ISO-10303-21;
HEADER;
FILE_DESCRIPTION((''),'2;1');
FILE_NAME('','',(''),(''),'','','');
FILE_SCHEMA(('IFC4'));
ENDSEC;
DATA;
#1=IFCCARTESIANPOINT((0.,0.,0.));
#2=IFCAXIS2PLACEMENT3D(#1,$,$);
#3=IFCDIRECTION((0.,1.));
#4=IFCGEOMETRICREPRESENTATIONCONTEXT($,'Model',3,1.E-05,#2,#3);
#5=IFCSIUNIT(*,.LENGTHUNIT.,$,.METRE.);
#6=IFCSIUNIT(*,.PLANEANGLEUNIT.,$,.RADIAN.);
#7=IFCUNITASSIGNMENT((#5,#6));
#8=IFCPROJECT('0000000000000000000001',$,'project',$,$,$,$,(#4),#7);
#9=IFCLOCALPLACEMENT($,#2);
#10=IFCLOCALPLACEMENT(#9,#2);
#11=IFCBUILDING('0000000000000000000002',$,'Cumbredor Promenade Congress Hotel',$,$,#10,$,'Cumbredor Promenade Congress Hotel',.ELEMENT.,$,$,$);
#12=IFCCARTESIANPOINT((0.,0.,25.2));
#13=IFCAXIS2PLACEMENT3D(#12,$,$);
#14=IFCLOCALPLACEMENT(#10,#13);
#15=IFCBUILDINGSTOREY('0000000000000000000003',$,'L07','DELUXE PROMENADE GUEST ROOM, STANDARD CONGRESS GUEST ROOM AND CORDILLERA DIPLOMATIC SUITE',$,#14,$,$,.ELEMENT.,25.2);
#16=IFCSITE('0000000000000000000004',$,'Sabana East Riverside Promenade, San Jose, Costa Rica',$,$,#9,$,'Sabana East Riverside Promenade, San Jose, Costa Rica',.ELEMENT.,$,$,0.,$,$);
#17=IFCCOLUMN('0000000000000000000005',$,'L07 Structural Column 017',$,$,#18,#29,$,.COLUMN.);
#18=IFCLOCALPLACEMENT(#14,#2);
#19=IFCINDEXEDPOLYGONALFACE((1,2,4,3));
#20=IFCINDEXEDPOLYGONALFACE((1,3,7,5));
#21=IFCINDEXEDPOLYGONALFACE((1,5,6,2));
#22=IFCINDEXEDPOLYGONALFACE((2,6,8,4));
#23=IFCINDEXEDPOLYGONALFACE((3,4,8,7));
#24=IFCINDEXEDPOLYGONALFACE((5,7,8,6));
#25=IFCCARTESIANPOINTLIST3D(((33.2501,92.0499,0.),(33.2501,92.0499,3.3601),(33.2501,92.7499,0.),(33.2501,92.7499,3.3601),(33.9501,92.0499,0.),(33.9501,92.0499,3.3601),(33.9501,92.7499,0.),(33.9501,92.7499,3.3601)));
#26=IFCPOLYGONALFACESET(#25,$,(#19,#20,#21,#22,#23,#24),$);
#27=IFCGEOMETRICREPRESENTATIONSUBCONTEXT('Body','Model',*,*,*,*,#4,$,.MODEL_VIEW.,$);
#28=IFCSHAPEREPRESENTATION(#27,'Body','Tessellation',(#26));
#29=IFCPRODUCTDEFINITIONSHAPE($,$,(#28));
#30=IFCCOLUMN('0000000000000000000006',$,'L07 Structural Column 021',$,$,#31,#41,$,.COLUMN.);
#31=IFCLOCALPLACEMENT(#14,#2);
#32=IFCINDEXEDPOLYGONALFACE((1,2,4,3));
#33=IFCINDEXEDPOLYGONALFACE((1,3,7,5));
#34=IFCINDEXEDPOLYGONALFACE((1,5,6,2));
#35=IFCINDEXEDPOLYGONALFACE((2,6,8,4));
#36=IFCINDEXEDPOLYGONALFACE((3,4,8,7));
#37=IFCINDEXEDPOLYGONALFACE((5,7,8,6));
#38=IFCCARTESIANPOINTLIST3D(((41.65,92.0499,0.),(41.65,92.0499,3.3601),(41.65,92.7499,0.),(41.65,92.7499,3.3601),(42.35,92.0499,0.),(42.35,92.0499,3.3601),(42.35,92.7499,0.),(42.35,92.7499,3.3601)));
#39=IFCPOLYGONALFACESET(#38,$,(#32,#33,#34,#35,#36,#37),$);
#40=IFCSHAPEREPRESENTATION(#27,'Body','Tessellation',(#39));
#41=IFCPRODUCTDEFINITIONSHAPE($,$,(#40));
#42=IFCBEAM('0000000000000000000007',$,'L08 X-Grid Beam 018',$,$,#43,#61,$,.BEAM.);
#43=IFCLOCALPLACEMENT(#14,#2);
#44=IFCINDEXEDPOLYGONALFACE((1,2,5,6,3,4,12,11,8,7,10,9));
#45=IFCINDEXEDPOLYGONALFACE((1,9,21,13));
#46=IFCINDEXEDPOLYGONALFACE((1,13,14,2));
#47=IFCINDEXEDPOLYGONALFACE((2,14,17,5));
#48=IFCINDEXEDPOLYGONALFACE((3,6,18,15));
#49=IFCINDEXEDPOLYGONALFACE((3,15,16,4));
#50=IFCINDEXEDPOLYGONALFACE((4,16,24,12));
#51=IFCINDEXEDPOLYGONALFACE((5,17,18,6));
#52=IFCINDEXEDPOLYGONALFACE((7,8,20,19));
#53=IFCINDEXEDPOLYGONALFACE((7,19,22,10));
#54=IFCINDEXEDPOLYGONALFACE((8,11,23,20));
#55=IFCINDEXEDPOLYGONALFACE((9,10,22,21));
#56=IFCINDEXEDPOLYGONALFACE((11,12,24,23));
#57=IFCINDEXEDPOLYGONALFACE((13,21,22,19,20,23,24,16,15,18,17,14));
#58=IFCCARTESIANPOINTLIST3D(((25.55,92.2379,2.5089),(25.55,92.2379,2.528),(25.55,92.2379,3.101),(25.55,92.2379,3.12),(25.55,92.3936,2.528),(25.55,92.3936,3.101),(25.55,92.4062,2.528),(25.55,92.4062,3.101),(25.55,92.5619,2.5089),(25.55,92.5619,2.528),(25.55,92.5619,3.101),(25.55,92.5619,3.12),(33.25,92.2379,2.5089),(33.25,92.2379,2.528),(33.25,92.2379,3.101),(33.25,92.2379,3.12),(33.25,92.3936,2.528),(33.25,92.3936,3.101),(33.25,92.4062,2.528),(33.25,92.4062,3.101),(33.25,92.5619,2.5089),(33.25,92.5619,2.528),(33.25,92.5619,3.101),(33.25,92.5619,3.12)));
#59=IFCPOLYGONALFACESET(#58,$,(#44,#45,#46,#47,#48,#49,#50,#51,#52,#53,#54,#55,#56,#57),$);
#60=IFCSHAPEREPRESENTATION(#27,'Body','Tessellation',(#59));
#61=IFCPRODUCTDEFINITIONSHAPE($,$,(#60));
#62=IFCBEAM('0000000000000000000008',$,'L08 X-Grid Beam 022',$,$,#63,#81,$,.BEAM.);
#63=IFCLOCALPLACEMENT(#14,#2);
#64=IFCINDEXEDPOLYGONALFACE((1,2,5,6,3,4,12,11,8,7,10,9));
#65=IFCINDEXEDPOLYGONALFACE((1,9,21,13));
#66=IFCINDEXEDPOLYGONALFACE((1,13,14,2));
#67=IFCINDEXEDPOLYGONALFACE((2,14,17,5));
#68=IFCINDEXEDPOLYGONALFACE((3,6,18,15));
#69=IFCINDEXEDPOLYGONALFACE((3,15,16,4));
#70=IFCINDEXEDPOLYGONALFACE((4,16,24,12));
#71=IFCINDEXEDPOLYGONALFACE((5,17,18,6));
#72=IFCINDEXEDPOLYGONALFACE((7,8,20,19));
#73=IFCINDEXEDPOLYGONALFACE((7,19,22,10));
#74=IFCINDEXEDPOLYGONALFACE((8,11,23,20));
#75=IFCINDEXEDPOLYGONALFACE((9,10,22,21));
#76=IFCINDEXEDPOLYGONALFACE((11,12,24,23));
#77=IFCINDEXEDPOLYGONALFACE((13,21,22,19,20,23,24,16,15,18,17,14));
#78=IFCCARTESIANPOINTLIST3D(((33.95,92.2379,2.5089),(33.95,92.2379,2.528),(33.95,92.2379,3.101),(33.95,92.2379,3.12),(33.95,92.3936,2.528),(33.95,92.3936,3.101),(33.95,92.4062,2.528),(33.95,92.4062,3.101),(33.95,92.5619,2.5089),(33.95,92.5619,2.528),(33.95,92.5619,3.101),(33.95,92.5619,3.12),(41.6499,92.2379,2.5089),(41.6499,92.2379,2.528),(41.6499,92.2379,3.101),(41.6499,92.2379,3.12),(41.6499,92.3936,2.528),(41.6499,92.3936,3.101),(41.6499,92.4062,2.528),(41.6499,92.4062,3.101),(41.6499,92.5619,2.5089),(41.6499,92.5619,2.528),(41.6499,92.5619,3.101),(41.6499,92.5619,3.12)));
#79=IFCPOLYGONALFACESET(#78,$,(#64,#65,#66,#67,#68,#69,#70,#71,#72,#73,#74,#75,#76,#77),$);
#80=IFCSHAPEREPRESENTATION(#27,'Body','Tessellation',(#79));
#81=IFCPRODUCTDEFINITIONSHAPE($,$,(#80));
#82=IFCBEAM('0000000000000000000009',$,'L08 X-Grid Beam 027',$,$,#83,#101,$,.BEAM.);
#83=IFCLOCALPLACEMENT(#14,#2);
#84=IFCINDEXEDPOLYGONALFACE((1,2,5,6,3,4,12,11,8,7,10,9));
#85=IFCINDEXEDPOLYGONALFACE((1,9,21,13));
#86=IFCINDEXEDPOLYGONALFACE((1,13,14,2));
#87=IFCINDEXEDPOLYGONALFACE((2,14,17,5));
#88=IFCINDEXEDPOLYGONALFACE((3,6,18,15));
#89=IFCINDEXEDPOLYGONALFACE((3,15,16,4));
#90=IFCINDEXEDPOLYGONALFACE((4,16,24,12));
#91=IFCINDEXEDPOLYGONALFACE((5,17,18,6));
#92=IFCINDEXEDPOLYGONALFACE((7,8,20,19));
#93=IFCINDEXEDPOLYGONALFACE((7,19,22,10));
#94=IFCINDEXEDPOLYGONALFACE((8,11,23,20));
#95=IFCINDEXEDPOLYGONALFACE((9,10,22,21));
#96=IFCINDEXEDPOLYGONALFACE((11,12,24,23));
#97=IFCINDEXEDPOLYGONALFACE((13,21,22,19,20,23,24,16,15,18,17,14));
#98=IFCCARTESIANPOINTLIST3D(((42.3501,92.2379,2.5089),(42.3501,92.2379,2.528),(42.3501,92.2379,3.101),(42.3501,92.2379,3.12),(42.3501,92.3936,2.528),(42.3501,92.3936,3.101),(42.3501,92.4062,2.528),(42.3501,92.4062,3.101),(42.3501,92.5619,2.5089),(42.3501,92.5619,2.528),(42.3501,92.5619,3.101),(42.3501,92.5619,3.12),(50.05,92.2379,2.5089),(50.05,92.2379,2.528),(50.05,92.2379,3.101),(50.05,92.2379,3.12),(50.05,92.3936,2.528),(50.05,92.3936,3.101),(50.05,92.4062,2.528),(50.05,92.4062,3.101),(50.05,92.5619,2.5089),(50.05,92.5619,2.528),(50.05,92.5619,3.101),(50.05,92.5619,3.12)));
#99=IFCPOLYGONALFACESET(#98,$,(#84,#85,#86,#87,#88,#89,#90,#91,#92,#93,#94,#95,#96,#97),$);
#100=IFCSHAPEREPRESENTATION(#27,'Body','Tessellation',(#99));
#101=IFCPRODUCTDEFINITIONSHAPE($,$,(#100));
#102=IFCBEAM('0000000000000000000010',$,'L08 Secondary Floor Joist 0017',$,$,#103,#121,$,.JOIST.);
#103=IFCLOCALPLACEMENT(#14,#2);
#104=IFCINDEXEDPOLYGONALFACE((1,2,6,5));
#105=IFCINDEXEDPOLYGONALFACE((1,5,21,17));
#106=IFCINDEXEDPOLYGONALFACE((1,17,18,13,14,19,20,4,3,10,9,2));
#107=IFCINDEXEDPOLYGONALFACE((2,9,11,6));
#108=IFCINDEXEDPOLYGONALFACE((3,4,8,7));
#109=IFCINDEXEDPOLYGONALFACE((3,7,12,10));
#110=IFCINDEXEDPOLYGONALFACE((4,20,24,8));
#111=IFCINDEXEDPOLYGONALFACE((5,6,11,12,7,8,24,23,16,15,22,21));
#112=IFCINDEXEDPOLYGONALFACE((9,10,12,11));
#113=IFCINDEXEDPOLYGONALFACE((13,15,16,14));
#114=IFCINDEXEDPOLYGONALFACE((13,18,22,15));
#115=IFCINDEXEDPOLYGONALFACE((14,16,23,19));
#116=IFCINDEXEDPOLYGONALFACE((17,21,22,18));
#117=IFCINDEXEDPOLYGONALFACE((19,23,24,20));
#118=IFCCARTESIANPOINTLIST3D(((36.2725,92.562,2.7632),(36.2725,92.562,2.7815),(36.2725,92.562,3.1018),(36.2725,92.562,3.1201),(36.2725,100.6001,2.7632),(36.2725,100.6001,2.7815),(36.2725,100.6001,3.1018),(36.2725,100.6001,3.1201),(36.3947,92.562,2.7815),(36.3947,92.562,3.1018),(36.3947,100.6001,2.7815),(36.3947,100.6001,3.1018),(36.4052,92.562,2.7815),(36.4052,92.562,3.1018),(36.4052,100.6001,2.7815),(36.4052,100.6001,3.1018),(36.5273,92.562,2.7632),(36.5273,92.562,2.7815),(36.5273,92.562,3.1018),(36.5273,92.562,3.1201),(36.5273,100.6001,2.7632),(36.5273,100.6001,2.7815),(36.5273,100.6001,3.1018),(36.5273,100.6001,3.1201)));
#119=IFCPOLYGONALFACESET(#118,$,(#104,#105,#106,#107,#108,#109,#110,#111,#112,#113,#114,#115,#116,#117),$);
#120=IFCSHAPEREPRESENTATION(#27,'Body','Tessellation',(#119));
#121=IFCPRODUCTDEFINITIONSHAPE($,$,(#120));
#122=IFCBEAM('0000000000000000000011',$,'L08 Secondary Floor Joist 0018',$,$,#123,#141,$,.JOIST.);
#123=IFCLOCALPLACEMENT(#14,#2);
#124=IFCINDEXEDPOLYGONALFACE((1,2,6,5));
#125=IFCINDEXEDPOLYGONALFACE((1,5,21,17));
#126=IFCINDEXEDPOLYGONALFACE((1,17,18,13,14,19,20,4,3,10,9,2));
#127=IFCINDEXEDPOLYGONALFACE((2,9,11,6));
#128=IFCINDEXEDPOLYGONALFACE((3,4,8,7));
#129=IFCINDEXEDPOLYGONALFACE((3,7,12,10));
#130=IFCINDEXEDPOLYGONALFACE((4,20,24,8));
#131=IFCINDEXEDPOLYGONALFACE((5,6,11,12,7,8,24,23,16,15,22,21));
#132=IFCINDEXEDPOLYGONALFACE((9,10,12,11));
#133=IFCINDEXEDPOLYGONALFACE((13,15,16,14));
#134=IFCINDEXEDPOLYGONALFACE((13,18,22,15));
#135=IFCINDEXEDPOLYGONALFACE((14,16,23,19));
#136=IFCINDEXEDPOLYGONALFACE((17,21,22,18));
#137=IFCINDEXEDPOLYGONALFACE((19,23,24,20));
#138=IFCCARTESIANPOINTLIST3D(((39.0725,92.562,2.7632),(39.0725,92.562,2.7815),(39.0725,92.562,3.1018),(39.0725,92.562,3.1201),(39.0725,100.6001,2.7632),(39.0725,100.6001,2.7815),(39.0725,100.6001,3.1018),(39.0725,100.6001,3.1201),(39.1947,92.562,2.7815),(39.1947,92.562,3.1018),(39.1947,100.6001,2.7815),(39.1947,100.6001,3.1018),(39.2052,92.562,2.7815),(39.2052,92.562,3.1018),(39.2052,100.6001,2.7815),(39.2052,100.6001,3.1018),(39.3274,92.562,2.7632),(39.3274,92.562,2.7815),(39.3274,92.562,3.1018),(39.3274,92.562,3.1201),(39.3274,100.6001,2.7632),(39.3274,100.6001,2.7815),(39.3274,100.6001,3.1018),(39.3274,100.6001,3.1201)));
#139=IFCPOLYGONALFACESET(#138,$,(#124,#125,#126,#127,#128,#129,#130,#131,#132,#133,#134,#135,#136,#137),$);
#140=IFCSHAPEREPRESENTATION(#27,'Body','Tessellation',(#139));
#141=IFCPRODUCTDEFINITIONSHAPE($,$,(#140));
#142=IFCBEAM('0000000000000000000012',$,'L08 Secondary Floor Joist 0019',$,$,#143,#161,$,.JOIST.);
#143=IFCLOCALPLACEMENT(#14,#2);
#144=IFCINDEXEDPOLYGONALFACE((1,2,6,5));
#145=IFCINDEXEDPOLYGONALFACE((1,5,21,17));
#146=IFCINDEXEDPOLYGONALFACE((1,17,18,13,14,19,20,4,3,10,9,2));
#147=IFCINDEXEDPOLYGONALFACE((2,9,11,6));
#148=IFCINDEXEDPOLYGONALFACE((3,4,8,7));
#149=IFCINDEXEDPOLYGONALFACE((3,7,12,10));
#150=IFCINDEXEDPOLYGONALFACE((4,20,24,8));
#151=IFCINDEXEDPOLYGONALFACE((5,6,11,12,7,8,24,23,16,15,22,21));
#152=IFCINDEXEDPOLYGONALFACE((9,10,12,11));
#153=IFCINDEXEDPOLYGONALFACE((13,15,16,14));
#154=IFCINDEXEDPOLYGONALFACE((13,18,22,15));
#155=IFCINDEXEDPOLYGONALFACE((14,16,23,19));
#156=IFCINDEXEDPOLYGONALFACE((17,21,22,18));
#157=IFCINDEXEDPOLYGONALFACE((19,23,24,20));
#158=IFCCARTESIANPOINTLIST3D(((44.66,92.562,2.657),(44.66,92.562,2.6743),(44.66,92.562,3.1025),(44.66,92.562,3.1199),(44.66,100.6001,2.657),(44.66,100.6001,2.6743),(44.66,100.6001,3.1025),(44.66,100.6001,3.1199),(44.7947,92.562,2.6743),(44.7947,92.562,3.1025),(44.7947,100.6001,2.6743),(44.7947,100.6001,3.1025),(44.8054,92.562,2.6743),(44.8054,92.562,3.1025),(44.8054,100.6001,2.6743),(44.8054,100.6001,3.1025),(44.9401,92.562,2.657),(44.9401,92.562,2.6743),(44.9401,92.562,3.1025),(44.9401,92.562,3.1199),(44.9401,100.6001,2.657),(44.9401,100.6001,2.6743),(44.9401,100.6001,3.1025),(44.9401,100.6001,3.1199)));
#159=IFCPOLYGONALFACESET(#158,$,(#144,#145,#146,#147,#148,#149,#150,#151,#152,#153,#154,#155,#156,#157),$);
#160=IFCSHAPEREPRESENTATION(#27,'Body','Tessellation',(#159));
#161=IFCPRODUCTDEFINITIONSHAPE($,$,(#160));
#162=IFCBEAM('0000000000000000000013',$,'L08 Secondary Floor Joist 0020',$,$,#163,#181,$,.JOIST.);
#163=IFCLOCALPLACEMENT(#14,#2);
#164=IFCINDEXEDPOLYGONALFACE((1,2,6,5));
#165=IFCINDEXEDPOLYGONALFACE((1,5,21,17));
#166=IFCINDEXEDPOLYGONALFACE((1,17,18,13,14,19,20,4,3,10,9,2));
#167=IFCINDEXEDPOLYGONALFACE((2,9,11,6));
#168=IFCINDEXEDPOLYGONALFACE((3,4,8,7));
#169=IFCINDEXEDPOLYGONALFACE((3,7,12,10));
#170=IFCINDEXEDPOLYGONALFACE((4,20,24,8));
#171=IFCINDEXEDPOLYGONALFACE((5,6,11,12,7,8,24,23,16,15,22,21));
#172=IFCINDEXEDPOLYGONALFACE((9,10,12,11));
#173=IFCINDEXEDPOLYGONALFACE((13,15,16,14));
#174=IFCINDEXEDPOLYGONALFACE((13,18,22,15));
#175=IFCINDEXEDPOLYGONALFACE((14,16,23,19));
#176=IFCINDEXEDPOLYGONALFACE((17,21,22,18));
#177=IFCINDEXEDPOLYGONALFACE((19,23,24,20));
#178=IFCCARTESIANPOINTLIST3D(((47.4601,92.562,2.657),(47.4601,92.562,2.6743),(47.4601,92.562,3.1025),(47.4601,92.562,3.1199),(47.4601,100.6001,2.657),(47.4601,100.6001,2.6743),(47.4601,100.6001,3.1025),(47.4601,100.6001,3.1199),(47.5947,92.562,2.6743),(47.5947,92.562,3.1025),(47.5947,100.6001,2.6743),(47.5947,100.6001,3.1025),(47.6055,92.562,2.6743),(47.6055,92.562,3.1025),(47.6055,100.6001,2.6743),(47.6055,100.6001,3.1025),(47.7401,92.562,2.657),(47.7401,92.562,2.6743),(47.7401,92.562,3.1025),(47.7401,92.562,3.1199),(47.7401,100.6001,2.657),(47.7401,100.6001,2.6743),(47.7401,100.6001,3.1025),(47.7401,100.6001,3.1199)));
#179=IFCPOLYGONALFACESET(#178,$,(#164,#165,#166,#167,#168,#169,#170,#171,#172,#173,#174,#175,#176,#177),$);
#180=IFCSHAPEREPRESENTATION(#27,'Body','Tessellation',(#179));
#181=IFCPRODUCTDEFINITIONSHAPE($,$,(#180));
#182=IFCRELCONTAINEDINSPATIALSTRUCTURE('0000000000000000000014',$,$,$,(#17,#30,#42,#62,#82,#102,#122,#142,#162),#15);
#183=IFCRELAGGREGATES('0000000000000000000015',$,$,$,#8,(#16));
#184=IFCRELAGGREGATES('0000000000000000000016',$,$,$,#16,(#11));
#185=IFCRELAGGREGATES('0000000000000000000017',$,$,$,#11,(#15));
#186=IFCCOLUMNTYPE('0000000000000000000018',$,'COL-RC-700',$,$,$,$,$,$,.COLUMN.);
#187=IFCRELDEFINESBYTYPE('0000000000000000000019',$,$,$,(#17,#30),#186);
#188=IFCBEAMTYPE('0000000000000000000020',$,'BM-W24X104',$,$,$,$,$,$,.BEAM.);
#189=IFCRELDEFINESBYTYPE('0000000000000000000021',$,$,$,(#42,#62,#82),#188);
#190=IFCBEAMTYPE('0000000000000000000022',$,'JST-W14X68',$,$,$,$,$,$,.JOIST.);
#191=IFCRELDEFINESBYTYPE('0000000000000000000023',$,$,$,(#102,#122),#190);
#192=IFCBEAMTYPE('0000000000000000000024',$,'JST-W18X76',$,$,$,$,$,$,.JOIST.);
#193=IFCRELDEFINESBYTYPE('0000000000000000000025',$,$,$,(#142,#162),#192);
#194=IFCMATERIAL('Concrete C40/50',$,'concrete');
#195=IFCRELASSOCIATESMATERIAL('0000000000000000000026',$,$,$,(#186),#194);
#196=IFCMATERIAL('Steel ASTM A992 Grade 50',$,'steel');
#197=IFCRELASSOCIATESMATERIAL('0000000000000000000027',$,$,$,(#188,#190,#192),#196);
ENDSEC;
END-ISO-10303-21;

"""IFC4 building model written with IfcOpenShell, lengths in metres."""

from ifc_helpers import new_model, si_unit, direction, frame, origin, origin_2d, place, context, subcontext, project, spatial, rectangle, i_section, extrude, material, material_profile, profile_set, type_object, element, save


model = new_model("IFC4")

# Units and contexts
model_context = context("Model", 3, precision=1e-05, world=origin(), true_north=direction((0.0, 1.0)))
body_context = subcontext(model_context, "Body", "Model", "MODEL_VIEW")
ifc_project = project(units=[si_unit("LENGTHUNIT", "METRE"), si_unit("PLANEANGLEUNIT", "RADIAN")], contexts=[model_context])

# Site, building, storey
site_placement = place(None, origin())
site = spatial("IfcSite", under=ifc_project, at=site_placement, Name="Sabana East Riverside Promenade, San Jose, Costa Rica", LongName="Sabana East Riverside Promenade, San Jose, Costa Rica", CompositionType="ELEMENT", RefElevation=0.0)
building_placement = place(site_placement, origin())
building = spatial("IfcBuilding", under=site, at=building_placement, Name="Cumbredor Promenade Congress Hotel", LongName="Cumbredor Promenade Congress Hotel", CompositionType="ELEMENT")
storey_placement = place(building_placement, frame((0.0, 0.0, 25.2)))
storey = spatial("IfcBuildingStorey", under=building, at=storey_placement, Name="L07", Description="DELUXE PROMENADE GUEST ROOM, STANDARD CONGRESS GUEST ROOM AND CORDILLERA DIPLOMATIC SUITE", CompositionType="ELEMENT", Elevation=25.2)

# Columns
ifc_material_1 = material(Name="Concrete C40/50", Category="concrete")
ifc_material_profile_1 = material_profile(ifc_material_1, rectangle(XDim=0.7, YDim=0.7, at=origin_2d()), Name="RC 700x700")
ifc_profile_set_1 = profile_set([ifc_material_profile_1], Name="Concrete C40/50")
column_type = type_object("IfcColumnType", Name="COL-RC-700", PredefinedType="COLUMN", material=ifc_profile_set_1)
for number, where, z_axis, x_axis, name in (
    (1, (33.6001, 92.3999, 0.0), (0.0, 0.0, 1.0), (1.0, 0.0, 0.0), "L07 Structural Column 017"),
    (2, (42.0, 92.3999, 0.0), (0.0, 0.0, 1.0), (1.0, 0.0, 0.0), "L07 Structural Column 021"),
):
    element("IfcColumn", number, at=place(storey_placement, frame(where, z_axis=z_axis, x_axis=x_axis)), inside=storey, type_object=column_type, Name=name, PredefinedType="COLUMN", context=body_context, shape_type="SweptSolid", body=[
        extrude(rectangle(XDim=0.7, YDim=0.7, at=origin_2d()), origin(), (0.0, 0.0, 1.0), 3.3601),
    ])

# Beams
ifc_material_2 = material(Name="Steel ASTM A992 Grade 50", Category="steel")
ifc_material_profile_2 = material_profile(ifc_material_2, i_section(OverallWidth=0.324, OverallDepth=0.6111, WebThickness=0.0127, FlangeThickness=0.019, at=origin_2d()), Name="W24X104")
ifc_profile_set_2 = profile_set([ifc_material_profile_2], Name="Steel ASTM A992 Grade 50")
beam_type_1 = type_object("IfcBeamType", Name="BM-W24X104", PredefinedType="BEAM", material=ifc_profile_set_2)
for number, where, z_axis, x_axis, name in (
    (3, (25.55, 92.3999, 2.8145), (1.0, 0.0, 0.0), (0.0, 1.0, 0.0), "L08 X-Grid Beam 018"),
    (4, (33.95, 92.3999, 2.8145), (1.0, 0.0, 0.0), (0.0, 1.0, 0.0), "L08 X-Grid Beam 022"),
    (5, (42.3501, 92.3999, 2.8145), (1.0, 0.0, 0.0), (0.0, 1.0, 0.0), "L08 X-Grid Beam 027"),
):
    element("IfcBeam", number, at=place(storey_placement, frame(where, z_axis=z_axis, x_axis=x_axis)), inside=storey, type_object=beam_type_1, Name=name, PredefinedType="BEAM", context=body_context, shape_type="SweptSolid", body=[
        extrude(i_section(OverallWidth=0.324, OverallDepth=0.6111, WebThickness=0.0127, FlangeThickness=0.019, at=origin_2d()), origin(), (0.0, 0.0, 1.0), 7.7),
    ])
ifc_material_profile_3 = material_profile(ifc_material_2, i_section(OverallWidth=0.2549, OverallDepth=0.3569, WebThickness=0.0105, FlangeThickness=0.0183, at=origin_2d()), Name="W14X68")
ifc_profile_set_3 = profile_set([ifc_material_profile_3], Name="Steel ASTM A992 Grade 50")
beam_type_2 = type_object("IfcBeamType", Name="JST-W14X68", PredefinedType="JOIST", material=ifc_profile_set_3)
for number, where, z_axis, x_axis, name in (
    (6, (36.3999, 92.562, 2.9417), (0.0, 1.0, 0.0), (-1.0, 0.0, 0.0), "L08 Secondary Floor Joist 0017"),
    (7, (39.2, 92.562, 2.9417), (0.0, 1.0, 0.0), (-1.0, 0.0, 0.0), "L08 Secondary Floor Joist 0018"),
):
    element("IfcBeam", number, at=place(storey_placement, frame(where, z_axis=z_axis, x_axis=x_axis)), inside=storey, type_object=beam_type_2, Name=name, PredefinedType="JOIST", context=body_context, shape_type="SweptSolid", body=[
        extrude(i_section(OverallWidth=0.2549, OverallDepth=0.3569, WebThickness=0.0105, FlangeThickness=0.0183, at=origin_2d()), origin(), (0.0, 0.0, 1.0), 8.0381),
    ])
ifc_material_profile_4 = material_profile(ifc_material_2, i_section(OverallWidth=0.28, OverallDepth=0.4629, WebThickness=0.0107, FlangeThickness=0.0173, at=origin_2d()), Name="W18X76")
ifc_profile_set_4 = profile_set([ifc_material_profile_4], Name="Steel ASTM A992 Grade 50")
beam_type_3 = type_object("IfcBeamType", Name="JST-W18X76", PredefinedType="JOIST", material=ifc_profile_set_4)
for number, where, z_axis, x_axis, name in (
    (8, (44.8, 92.562, 2.8884), (0.0, 1.0, 0.0), (-1.0, 0.0, 0.0), "L08 Secondary Floor Joist 0019"),
    (9, (47.6001, 92.562, 2.8884), (0.0, 1.0, 0.0), (-1.0, 0.0, 0.0), "L08 Secondary Floor Joist 0020"),
):
    element("IfcBeam", number, at=place(storey_placement, frame(where, z_axis=z_axis, x_axis=x_axis)), inside=storey, type_object=beam_type_3, Name=name, PredefinedType="JOIST", context=body_context, shape_type="SweptSolid", body=[
        extrude(i_section(OverallWidth=0.28, OverallDepth=0.4629, WebThickness=0.0107, FlangeThickness=0.0173, at=origin_2d()), origin(), (0.0, 0.0, 1.0), 8.0381),
    ])

save(model, "model.ifc")
